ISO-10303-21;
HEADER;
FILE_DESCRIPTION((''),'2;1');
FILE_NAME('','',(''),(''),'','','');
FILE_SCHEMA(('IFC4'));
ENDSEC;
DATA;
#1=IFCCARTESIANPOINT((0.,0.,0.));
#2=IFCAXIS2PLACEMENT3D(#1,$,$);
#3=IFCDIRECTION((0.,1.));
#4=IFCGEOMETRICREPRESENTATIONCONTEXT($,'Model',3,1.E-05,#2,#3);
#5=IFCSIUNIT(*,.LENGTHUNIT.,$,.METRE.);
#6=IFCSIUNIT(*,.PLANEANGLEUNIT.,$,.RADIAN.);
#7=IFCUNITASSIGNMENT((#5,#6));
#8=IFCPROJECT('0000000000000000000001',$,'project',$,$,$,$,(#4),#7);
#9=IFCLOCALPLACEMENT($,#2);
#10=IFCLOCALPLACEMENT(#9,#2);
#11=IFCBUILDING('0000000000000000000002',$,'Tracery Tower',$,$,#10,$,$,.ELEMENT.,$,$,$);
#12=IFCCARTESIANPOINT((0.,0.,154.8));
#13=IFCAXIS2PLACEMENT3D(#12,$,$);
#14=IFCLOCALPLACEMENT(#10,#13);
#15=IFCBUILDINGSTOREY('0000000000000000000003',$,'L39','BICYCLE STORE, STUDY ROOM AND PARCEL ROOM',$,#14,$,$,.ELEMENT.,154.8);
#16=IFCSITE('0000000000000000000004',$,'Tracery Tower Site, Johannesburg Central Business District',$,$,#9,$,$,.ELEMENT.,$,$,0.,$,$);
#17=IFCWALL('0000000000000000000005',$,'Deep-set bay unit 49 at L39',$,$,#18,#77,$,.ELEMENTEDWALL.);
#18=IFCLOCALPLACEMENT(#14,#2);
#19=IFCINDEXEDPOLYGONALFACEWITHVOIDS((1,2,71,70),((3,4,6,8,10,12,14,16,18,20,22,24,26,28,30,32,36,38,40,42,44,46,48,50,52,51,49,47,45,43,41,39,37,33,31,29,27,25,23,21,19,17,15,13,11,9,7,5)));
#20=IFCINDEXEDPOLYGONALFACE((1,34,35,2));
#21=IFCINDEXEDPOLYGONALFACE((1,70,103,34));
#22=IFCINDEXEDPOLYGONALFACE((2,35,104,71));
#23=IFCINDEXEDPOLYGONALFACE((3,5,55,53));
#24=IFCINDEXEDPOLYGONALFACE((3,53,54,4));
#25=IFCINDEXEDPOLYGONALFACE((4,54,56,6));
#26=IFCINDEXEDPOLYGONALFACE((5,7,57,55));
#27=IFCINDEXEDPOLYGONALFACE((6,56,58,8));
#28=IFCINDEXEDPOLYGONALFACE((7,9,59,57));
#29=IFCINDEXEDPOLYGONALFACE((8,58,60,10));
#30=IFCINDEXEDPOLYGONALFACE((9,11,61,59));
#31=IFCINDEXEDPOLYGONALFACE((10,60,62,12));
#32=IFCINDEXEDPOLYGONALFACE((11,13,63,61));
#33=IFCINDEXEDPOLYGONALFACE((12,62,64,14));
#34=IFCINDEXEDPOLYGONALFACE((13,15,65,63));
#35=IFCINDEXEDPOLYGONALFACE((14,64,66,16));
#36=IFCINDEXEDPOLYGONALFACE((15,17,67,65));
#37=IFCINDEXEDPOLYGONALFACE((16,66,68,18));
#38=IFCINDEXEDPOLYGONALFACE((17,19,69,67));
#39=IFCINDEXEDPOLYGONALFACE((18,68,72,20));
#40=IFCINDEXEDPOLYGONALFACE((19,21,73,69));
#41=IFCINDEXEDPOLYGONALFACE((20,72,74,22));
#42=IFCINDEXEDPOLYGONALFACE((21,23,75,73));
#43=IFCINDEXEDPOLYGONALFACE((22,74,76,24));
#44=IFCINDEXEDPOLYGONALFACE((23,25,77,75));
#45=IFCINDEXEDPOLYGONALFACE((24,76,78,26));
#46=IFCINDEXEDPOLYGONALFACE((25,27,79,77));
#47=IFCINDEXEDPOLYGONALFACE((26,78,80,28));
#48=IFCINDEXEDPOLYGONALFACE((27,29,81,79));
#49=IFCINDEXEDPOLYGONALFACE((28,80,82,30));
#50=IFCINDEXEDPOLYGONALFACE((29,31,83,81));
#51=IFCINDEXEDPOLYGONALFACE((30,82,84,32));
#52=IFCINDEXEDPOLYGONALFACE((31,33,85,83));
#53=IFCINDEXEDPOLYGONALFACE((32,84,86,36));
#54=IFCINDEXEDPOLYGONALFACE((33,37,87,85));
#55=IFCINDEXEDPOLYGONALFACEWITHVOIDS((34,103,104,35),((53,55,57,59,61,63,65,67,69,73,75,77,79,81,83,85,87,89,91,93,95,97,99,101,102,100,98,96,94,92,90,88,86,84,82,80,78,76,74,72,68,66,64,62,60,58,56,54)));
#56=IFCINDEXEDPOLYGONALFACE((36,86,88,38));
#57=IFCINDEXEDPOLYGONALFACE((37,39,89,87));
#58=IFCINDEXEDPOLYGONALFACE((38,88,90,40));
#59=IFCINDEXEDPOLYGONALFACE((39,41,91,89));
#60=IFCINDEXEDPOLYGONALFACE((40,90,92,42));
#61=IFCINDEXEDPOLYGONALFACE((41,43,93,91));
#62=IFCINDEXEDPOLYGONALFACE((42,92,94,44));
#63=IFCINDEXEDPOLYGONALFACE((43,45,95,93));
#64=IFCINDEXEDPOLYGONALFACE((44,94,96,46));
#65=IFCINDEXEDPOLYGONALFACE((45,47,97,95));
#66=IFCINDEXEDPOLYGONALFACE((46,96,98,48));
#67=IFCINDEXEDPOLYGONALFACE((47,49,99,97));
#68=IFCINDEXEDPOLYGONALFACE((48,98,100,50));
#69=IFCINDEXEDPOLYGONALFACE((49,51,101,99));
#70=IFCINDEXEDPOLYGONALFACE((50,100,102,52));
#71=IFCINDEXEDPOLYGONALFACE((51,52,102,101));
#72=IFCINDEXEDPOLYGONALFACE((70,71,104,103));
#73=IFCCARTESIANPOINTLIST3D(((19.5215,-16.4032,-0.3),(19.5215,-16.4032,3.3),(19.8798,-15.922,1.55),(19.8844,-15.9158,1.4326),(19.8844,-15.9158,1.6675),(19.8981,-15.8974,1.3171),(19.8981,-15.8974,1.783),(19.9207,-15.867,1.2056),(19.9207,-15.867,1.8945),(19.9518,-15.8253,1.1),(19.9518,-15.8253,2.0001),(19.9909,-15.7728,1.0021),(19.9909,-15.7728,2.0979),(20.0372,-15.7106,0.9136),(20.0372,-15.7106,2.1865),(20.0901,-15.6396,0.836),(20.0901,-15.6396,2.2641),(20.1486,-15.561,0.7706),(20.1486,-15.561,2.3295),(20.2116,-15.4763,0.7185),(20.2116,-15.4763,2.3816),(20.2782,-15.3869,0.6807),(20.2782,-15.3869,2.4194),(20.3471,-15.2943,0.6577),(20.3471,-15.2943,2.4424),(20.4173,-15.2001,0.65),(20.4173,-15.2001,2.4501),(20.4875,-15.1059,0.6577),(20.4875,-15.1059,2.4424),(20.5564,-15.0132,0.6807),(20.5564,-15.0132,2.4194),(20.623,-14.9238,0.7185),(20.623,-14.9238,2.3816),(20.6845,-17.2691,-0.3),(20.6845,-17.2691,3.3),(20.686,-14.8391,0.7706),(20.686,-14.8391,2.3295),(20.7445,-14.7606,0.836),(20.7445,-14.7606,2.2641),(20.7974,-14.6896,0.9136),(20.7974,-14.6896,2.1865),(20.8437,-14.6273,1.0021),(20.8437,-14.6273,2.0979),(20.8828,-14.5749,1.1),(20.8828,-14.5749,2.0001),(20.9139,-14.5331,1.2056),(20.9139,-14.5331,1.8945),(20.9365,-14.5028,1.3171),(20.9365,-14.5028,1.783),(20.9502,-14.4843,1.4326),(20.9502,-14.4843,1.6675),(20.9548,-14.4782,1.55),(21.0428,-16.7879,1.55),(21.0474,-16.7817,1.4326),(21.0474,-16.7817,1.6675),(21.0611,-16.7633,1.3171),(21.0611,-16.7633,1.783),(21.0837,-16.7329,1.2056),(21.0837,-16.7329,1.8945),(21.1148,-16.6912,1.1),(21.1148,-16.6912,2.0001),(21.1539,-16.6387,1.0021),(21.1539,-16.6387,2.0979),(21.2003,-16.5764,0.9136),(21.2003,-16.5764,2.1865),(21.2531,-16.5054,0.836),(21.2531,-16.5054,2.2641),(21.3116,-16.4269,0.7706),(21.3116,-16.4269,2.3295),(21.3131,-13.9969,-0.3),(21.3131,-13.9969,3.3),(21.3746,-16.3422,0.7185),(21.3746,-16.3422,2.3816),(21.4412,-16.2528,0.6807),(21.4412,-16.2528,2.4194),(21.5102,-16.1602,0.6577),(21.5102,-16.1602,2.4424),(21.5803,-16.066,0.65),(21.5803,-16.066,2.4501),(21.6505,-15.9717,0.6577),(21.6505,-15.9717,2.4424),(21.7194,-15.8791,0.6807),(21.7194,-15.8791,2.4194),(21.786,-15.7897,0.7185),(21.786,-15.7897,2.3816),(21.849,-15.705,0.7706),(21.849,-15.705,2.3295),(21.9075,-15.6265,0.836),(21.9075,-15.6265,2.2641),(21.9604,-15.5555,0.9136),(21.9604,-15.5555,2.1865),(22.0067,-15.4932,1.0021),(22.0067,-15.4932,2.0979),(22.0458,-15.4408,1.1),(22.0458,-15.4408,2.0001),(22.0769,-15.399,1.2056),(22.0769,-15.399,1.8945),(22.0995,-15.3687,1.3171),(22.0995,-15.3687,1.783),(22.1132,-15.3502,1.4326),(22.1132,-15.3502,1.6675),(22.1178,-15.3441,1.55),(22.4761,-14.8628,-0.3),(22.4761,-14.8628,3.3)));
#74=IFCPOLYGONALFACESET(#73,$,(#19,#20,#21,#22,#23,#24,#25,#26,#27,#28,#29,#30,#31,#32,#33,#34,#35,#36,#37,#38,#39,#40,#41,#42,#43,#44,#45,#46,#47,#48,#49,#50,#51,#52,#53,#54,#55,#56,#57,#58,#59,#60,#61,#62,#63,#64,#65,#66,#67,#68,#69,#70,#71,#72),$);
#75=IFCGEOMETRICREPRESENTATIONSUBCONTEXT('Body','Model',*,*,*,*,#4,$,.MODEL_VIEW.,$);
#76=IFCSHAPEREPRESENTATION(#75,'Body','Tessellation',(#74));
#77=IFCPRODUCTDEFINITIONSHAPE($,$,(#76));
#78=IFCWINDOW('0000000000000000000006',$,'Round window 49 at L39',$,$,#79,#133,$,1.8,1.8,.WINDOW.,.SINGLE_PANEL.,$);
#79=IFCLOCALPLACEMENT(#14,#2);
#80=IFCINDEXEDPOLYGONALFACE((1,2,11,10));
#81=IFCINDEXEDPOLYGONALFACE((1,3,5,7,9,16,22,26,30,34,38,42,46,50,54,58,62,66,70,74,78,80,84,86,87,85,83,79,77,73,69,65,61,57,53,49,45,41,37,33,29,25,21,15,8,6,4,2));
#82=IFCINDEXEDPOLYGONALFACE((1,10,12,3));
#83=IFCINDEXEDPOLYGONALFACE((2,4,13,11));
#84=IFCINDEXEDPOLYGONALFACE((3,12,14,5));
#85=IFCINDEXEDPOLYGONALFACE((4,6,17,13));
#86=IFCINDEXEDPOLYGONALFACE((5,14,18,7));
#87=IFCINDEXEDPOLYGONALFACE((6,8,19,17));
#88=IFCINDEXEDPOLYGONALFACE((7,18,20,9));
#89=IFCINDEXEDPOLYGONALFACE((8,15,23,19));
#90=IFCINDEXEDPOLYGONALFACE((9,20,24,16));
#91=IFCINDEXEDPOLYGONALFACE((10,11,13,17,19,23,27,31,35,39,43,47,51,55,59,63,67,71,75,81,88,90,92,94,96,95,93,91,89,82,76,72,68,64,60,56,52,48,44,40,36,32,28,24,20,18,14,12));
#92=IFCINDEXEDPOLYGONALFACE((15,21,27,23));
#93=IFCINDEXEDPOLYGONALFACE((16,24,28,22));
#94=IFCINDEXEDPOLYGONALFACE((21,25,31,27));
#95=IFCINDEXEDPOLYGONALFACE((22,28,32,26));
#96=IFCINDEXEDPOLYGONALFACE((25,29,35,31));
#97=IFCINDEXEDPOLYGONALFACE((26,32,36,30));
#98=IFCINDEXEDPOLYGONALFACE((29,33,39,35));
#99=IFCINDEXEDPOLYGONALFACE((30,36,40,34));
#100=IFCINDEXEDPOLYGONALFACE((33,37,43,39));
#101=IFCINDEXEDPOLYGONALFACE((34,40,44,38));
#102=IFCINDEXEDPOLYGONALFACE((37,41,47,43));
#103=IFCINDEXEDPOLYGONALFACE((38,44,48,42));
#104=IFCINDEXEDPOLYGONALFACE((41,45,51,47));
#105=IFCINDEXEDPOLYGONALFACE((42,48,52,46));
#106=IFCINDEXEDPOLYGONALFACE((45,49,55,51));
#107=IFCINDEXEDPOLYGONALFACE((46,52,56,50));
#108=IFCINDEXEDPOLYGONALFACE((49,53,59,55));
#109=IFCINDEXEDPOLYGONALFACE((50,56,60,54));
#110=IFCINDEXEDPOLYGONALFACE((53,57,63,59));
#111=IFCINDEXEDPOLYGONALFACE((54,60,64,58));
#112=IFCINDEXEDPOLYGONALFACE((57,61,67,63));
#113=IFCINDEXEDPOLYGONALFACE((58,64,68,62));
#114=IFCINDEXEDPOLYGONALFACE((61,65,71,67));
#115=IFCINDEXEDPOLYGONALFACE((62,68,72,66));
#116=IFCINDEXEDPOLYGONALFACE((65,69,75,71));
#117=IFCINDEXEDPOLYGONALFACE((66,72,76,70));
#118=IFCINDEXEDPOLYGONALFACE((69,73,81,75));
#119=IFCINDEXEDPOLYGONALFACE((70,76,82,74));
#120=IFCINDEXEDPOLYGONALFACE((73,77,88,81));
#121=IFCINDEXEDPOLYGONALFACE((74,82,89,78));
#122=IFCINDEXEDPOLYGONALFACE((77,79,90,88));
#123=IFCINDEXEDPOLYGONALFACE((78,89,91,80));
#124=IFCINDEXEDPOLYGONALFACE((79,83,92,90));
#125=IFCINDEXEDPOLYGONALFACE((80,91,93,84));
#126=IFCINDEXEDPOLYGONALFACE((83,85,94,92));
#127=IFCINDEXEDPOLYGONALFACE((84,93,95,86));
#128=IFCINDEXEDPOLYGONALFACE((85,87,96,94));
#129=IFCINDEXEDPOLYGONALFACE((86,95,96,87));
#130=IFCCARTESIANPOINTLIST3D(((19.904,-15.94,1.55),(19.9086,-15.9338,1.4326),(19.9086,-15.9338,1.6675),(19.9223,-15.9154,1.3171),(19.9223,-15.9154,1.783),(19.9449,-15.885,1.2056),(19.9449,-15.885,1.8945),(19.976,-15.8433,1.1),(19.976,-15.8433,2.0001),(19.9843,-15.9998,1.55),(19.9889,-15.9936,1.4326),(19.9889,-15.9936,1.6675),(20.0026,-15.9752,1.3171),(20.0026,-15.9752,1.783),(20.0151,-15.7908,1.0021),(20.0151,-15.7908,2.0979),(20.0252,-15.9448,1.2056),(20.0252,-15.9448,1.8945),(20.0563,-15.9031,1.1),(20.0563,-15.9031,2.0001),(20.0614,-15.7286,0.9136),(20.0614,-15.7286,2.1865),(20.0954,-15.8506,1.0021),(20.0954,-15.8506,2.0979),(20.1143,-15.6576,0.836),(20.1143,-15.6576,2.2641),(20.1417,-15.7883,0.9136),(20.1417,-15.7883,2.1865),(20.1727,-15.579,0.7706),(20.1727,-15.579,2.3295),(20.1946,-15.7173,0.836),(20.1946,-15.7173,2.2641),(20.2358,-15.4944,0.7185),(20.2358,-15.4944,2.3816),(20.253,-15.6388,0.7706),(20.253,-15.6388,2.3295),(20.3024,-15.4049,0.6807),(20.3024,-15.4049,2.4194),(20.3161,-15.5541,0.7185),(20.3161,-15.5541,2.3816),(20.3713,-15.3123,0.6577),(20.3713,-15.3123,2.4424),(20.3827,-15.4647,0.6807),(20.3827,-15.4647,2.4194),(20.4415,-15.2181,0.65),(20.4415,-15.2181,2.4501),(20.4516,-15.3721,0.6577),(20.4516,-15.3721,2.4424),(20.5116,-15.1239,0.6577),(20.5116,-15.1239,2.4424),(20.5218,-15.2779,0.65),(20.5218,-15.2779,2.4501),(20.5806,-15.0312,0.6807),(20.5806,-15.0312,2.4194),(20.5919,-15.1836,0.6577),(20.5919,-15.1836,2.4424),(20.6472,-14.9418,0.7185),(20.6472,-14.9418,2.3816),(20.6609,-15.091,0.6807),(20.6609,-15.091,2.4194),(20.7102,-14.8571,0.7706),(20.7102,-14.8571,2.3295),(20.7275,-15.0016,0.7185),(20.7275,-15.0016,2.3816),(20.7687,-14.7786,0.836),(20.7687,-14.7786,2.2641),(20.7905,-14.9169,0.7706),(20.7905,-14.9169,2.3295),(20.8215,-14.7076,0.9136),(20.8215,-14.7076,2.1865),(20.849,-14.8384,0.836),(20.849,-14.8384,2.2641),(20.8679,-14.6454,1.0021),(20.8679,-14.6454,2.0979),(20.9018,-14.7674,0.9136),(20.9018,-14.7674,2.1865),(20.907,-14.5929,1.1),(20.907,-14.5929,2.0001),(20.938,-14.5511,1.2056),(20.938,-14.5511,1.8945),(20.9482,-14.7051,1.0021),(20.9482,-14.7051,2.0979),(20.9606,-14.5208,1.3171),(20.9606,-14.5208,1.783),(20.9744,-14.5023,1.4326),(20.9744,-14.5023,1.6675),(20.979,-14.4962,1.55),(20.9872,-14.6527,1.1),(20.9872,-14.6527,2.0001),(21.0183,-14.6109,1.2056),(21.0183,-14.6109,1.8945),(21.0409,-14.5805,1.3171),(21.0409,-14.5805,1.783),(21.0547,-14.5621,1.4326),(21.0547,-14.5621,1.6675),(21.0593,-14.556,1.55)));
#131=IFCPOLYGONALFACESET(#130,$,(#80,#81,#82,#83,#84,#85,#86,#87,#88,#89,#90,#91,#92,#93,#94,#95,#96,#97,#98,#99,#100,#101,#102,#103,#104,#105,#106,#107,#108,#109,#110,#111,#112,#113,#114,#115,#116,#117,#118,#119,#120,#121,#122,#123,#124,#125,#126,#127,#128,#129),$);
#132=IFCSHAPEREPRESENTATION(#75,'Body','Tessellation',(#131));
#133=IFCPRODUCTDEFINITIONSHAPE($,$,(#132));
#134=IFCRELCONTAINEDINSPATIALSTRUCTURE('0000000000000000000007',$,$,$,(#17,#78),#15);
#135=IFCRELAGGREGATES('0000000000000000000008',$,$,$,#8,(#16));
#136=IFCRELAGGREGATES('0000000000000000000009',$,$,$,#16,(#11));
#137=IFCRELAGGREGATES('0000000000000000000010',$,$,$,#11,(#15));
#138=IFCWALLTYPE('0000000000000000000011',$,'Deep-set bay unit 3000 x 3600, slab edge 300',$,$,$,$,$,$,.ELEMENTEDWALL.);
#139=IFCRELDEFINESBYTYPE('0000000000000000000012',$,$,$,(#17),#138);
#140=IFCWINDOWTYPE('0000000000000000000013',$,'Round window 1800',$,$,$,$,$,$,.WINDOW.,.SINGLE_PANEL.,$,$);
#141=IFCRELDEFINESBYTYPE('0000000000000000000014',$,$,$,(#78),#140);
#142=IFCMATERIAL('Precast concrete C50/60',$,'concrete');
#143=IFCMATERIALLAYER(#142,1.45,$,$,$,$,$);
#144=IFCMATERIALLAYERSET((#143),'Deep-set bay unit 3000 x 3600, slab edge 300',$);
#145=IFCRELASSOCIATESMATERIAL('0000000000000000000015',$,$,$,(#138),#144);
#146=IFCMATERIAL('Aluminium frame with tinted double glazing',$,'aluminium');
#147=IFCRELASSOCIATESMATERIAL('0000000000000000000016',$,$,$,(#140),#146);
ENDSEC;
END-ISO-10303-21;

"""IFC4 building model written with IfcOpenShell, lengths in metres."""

from ifc_helpers import new_model, si_unit, direction, frame, frame_2d, origin, origin_2d, place, context, subcontext, project, spatial, rectangle, circle, extrude, material, layer, layer_set, type_object, element, fill, save


model = new_model("IFC4")

# Units and contexts
model_context = context("Model", 3, precision=1e-05, world=origin(), true_north=direction((0.0, 1.0)))
body_context = subcontext(model_context, "Body", "Model", "MODEL_VIEW")
ifc_project = project(units=[si_unit("LENGTHUNIT", "METRE"), si_unit("PLANEANGLEUNIT", "RADIAN")], contexts=[model_context])

# Site, building, storey
site_placement = place(None, origin())
site = spatial("IfcSite", under=ifc_project, at=site_placement, Name="Tracery Tower Site, Johannesburg Central Business District", CompositionType="ELEMENT", RefElevation=0.0)
building_placement = place(site_placement, origin())
building = spatial("IfcBuilding", under=site, at=building_placement, Name="Tracery Tower", CompositionType="ELEMENT")
storey_placement = place(building_placement, frame((0.0, 0.0, 154.8)))
storey = spatial("IfcBuildingStorey", under=building, at=storey_placement, Name="L39", Description="BICYCLE STORE, STUDY ROOM AND PARCEL ROOM", CompositionType="ELEMENT", Elevation=154.8)

# Wall, opening, window
ifc_material_1 = material(Name="Precast concrete C50/60", Category="concrete")
ifc_layer_1 = layer(ifc_material_1, 1.45)
ifc_layer_set_1 = layer_set([ifc_layer_1], Name="Deep-set bay unit 3000 x 3600, slab edge 300")
wall_type_1 = type_object("IfcWallType", Name="Deep-set bay unit 3000 x 3600, slab edge 300", PredefinedType="ELEMENTEDWALL", material=ifc_layer_set_1)
ifc_material_2 = material(Name="Aluminium frame with tinted double glazing", Category="aluminium")
window_type = type_object("IfcWindowType", Name="Round window 1800", PartitioningType="SINGLE_PANEL", PredefinedType="WINDOW", material=ifc_material_2)
wall_1_placement = place(storey_placement, frame((20.103, -16.8362, -0.3), z_axis=(0.0, 0.0, 1.0), x_axis=(0.597184, 0.802104, 0.0)))
wall_1 = element("IfcWall", 1, at=wall_1_placement, inside=storey, type_object=wall_type_1, Name="Deep-set bay unit 49 at L39", PredefinedType="ELEMENTEDWALL", context=body_context, shape_type="SweptSolid", body=[
    extrude(rectangle(XDim=3.0, YDim=1.45, at=frame_2d((1.5, 0.0))), origin(), (0.0, 0.0, 1.0), 3.6001),
])
opening_1_placement = place(wall_1_placement, frame((1.5, 0.0, 1.8501)))
opening_1 = element("IfcOpeningElement", 2, at=opening_1_placement, cuts=wall_1, PredefinedType="OPENING", context=body_context, shape_type="SweptSolid", body=[
    extrude(circle(Radius=0.9, at=origin_2d()), frame((0.0, 0.7349, 0.0), z_axis=(0.0, -1.0, 0.0), x_axis=(1.0, 0.0, 0.0)), (0.0, 0.0, 1.0), 1.47),
])
window_1_placement = place(opening_1_placement, origin())
window_1 = element("IfcWindow", 3, at=window_1_placement, inside=storey, type_object=window_type, Name="Round window 49 at L39", OverallHeight=1.8, OverallWidth=1.8, PartitioningType="SINGLE_PANEL", PredefinedType="WINDOW", context=body_context, shape_type="SweptSolid", body=[
    extrude(circle(Radius=0.9, at=origin_2d()), frame((0.0, 0.6948, 0.0), z_axis=(0.0, -1.0, 0.0), x_axis=(1.0, 0.0, 0.0)), (0.0, 0.0, 1.0), 0.1001),
])
fill(opening_1, window_1)

save(model, "model.ifc")
